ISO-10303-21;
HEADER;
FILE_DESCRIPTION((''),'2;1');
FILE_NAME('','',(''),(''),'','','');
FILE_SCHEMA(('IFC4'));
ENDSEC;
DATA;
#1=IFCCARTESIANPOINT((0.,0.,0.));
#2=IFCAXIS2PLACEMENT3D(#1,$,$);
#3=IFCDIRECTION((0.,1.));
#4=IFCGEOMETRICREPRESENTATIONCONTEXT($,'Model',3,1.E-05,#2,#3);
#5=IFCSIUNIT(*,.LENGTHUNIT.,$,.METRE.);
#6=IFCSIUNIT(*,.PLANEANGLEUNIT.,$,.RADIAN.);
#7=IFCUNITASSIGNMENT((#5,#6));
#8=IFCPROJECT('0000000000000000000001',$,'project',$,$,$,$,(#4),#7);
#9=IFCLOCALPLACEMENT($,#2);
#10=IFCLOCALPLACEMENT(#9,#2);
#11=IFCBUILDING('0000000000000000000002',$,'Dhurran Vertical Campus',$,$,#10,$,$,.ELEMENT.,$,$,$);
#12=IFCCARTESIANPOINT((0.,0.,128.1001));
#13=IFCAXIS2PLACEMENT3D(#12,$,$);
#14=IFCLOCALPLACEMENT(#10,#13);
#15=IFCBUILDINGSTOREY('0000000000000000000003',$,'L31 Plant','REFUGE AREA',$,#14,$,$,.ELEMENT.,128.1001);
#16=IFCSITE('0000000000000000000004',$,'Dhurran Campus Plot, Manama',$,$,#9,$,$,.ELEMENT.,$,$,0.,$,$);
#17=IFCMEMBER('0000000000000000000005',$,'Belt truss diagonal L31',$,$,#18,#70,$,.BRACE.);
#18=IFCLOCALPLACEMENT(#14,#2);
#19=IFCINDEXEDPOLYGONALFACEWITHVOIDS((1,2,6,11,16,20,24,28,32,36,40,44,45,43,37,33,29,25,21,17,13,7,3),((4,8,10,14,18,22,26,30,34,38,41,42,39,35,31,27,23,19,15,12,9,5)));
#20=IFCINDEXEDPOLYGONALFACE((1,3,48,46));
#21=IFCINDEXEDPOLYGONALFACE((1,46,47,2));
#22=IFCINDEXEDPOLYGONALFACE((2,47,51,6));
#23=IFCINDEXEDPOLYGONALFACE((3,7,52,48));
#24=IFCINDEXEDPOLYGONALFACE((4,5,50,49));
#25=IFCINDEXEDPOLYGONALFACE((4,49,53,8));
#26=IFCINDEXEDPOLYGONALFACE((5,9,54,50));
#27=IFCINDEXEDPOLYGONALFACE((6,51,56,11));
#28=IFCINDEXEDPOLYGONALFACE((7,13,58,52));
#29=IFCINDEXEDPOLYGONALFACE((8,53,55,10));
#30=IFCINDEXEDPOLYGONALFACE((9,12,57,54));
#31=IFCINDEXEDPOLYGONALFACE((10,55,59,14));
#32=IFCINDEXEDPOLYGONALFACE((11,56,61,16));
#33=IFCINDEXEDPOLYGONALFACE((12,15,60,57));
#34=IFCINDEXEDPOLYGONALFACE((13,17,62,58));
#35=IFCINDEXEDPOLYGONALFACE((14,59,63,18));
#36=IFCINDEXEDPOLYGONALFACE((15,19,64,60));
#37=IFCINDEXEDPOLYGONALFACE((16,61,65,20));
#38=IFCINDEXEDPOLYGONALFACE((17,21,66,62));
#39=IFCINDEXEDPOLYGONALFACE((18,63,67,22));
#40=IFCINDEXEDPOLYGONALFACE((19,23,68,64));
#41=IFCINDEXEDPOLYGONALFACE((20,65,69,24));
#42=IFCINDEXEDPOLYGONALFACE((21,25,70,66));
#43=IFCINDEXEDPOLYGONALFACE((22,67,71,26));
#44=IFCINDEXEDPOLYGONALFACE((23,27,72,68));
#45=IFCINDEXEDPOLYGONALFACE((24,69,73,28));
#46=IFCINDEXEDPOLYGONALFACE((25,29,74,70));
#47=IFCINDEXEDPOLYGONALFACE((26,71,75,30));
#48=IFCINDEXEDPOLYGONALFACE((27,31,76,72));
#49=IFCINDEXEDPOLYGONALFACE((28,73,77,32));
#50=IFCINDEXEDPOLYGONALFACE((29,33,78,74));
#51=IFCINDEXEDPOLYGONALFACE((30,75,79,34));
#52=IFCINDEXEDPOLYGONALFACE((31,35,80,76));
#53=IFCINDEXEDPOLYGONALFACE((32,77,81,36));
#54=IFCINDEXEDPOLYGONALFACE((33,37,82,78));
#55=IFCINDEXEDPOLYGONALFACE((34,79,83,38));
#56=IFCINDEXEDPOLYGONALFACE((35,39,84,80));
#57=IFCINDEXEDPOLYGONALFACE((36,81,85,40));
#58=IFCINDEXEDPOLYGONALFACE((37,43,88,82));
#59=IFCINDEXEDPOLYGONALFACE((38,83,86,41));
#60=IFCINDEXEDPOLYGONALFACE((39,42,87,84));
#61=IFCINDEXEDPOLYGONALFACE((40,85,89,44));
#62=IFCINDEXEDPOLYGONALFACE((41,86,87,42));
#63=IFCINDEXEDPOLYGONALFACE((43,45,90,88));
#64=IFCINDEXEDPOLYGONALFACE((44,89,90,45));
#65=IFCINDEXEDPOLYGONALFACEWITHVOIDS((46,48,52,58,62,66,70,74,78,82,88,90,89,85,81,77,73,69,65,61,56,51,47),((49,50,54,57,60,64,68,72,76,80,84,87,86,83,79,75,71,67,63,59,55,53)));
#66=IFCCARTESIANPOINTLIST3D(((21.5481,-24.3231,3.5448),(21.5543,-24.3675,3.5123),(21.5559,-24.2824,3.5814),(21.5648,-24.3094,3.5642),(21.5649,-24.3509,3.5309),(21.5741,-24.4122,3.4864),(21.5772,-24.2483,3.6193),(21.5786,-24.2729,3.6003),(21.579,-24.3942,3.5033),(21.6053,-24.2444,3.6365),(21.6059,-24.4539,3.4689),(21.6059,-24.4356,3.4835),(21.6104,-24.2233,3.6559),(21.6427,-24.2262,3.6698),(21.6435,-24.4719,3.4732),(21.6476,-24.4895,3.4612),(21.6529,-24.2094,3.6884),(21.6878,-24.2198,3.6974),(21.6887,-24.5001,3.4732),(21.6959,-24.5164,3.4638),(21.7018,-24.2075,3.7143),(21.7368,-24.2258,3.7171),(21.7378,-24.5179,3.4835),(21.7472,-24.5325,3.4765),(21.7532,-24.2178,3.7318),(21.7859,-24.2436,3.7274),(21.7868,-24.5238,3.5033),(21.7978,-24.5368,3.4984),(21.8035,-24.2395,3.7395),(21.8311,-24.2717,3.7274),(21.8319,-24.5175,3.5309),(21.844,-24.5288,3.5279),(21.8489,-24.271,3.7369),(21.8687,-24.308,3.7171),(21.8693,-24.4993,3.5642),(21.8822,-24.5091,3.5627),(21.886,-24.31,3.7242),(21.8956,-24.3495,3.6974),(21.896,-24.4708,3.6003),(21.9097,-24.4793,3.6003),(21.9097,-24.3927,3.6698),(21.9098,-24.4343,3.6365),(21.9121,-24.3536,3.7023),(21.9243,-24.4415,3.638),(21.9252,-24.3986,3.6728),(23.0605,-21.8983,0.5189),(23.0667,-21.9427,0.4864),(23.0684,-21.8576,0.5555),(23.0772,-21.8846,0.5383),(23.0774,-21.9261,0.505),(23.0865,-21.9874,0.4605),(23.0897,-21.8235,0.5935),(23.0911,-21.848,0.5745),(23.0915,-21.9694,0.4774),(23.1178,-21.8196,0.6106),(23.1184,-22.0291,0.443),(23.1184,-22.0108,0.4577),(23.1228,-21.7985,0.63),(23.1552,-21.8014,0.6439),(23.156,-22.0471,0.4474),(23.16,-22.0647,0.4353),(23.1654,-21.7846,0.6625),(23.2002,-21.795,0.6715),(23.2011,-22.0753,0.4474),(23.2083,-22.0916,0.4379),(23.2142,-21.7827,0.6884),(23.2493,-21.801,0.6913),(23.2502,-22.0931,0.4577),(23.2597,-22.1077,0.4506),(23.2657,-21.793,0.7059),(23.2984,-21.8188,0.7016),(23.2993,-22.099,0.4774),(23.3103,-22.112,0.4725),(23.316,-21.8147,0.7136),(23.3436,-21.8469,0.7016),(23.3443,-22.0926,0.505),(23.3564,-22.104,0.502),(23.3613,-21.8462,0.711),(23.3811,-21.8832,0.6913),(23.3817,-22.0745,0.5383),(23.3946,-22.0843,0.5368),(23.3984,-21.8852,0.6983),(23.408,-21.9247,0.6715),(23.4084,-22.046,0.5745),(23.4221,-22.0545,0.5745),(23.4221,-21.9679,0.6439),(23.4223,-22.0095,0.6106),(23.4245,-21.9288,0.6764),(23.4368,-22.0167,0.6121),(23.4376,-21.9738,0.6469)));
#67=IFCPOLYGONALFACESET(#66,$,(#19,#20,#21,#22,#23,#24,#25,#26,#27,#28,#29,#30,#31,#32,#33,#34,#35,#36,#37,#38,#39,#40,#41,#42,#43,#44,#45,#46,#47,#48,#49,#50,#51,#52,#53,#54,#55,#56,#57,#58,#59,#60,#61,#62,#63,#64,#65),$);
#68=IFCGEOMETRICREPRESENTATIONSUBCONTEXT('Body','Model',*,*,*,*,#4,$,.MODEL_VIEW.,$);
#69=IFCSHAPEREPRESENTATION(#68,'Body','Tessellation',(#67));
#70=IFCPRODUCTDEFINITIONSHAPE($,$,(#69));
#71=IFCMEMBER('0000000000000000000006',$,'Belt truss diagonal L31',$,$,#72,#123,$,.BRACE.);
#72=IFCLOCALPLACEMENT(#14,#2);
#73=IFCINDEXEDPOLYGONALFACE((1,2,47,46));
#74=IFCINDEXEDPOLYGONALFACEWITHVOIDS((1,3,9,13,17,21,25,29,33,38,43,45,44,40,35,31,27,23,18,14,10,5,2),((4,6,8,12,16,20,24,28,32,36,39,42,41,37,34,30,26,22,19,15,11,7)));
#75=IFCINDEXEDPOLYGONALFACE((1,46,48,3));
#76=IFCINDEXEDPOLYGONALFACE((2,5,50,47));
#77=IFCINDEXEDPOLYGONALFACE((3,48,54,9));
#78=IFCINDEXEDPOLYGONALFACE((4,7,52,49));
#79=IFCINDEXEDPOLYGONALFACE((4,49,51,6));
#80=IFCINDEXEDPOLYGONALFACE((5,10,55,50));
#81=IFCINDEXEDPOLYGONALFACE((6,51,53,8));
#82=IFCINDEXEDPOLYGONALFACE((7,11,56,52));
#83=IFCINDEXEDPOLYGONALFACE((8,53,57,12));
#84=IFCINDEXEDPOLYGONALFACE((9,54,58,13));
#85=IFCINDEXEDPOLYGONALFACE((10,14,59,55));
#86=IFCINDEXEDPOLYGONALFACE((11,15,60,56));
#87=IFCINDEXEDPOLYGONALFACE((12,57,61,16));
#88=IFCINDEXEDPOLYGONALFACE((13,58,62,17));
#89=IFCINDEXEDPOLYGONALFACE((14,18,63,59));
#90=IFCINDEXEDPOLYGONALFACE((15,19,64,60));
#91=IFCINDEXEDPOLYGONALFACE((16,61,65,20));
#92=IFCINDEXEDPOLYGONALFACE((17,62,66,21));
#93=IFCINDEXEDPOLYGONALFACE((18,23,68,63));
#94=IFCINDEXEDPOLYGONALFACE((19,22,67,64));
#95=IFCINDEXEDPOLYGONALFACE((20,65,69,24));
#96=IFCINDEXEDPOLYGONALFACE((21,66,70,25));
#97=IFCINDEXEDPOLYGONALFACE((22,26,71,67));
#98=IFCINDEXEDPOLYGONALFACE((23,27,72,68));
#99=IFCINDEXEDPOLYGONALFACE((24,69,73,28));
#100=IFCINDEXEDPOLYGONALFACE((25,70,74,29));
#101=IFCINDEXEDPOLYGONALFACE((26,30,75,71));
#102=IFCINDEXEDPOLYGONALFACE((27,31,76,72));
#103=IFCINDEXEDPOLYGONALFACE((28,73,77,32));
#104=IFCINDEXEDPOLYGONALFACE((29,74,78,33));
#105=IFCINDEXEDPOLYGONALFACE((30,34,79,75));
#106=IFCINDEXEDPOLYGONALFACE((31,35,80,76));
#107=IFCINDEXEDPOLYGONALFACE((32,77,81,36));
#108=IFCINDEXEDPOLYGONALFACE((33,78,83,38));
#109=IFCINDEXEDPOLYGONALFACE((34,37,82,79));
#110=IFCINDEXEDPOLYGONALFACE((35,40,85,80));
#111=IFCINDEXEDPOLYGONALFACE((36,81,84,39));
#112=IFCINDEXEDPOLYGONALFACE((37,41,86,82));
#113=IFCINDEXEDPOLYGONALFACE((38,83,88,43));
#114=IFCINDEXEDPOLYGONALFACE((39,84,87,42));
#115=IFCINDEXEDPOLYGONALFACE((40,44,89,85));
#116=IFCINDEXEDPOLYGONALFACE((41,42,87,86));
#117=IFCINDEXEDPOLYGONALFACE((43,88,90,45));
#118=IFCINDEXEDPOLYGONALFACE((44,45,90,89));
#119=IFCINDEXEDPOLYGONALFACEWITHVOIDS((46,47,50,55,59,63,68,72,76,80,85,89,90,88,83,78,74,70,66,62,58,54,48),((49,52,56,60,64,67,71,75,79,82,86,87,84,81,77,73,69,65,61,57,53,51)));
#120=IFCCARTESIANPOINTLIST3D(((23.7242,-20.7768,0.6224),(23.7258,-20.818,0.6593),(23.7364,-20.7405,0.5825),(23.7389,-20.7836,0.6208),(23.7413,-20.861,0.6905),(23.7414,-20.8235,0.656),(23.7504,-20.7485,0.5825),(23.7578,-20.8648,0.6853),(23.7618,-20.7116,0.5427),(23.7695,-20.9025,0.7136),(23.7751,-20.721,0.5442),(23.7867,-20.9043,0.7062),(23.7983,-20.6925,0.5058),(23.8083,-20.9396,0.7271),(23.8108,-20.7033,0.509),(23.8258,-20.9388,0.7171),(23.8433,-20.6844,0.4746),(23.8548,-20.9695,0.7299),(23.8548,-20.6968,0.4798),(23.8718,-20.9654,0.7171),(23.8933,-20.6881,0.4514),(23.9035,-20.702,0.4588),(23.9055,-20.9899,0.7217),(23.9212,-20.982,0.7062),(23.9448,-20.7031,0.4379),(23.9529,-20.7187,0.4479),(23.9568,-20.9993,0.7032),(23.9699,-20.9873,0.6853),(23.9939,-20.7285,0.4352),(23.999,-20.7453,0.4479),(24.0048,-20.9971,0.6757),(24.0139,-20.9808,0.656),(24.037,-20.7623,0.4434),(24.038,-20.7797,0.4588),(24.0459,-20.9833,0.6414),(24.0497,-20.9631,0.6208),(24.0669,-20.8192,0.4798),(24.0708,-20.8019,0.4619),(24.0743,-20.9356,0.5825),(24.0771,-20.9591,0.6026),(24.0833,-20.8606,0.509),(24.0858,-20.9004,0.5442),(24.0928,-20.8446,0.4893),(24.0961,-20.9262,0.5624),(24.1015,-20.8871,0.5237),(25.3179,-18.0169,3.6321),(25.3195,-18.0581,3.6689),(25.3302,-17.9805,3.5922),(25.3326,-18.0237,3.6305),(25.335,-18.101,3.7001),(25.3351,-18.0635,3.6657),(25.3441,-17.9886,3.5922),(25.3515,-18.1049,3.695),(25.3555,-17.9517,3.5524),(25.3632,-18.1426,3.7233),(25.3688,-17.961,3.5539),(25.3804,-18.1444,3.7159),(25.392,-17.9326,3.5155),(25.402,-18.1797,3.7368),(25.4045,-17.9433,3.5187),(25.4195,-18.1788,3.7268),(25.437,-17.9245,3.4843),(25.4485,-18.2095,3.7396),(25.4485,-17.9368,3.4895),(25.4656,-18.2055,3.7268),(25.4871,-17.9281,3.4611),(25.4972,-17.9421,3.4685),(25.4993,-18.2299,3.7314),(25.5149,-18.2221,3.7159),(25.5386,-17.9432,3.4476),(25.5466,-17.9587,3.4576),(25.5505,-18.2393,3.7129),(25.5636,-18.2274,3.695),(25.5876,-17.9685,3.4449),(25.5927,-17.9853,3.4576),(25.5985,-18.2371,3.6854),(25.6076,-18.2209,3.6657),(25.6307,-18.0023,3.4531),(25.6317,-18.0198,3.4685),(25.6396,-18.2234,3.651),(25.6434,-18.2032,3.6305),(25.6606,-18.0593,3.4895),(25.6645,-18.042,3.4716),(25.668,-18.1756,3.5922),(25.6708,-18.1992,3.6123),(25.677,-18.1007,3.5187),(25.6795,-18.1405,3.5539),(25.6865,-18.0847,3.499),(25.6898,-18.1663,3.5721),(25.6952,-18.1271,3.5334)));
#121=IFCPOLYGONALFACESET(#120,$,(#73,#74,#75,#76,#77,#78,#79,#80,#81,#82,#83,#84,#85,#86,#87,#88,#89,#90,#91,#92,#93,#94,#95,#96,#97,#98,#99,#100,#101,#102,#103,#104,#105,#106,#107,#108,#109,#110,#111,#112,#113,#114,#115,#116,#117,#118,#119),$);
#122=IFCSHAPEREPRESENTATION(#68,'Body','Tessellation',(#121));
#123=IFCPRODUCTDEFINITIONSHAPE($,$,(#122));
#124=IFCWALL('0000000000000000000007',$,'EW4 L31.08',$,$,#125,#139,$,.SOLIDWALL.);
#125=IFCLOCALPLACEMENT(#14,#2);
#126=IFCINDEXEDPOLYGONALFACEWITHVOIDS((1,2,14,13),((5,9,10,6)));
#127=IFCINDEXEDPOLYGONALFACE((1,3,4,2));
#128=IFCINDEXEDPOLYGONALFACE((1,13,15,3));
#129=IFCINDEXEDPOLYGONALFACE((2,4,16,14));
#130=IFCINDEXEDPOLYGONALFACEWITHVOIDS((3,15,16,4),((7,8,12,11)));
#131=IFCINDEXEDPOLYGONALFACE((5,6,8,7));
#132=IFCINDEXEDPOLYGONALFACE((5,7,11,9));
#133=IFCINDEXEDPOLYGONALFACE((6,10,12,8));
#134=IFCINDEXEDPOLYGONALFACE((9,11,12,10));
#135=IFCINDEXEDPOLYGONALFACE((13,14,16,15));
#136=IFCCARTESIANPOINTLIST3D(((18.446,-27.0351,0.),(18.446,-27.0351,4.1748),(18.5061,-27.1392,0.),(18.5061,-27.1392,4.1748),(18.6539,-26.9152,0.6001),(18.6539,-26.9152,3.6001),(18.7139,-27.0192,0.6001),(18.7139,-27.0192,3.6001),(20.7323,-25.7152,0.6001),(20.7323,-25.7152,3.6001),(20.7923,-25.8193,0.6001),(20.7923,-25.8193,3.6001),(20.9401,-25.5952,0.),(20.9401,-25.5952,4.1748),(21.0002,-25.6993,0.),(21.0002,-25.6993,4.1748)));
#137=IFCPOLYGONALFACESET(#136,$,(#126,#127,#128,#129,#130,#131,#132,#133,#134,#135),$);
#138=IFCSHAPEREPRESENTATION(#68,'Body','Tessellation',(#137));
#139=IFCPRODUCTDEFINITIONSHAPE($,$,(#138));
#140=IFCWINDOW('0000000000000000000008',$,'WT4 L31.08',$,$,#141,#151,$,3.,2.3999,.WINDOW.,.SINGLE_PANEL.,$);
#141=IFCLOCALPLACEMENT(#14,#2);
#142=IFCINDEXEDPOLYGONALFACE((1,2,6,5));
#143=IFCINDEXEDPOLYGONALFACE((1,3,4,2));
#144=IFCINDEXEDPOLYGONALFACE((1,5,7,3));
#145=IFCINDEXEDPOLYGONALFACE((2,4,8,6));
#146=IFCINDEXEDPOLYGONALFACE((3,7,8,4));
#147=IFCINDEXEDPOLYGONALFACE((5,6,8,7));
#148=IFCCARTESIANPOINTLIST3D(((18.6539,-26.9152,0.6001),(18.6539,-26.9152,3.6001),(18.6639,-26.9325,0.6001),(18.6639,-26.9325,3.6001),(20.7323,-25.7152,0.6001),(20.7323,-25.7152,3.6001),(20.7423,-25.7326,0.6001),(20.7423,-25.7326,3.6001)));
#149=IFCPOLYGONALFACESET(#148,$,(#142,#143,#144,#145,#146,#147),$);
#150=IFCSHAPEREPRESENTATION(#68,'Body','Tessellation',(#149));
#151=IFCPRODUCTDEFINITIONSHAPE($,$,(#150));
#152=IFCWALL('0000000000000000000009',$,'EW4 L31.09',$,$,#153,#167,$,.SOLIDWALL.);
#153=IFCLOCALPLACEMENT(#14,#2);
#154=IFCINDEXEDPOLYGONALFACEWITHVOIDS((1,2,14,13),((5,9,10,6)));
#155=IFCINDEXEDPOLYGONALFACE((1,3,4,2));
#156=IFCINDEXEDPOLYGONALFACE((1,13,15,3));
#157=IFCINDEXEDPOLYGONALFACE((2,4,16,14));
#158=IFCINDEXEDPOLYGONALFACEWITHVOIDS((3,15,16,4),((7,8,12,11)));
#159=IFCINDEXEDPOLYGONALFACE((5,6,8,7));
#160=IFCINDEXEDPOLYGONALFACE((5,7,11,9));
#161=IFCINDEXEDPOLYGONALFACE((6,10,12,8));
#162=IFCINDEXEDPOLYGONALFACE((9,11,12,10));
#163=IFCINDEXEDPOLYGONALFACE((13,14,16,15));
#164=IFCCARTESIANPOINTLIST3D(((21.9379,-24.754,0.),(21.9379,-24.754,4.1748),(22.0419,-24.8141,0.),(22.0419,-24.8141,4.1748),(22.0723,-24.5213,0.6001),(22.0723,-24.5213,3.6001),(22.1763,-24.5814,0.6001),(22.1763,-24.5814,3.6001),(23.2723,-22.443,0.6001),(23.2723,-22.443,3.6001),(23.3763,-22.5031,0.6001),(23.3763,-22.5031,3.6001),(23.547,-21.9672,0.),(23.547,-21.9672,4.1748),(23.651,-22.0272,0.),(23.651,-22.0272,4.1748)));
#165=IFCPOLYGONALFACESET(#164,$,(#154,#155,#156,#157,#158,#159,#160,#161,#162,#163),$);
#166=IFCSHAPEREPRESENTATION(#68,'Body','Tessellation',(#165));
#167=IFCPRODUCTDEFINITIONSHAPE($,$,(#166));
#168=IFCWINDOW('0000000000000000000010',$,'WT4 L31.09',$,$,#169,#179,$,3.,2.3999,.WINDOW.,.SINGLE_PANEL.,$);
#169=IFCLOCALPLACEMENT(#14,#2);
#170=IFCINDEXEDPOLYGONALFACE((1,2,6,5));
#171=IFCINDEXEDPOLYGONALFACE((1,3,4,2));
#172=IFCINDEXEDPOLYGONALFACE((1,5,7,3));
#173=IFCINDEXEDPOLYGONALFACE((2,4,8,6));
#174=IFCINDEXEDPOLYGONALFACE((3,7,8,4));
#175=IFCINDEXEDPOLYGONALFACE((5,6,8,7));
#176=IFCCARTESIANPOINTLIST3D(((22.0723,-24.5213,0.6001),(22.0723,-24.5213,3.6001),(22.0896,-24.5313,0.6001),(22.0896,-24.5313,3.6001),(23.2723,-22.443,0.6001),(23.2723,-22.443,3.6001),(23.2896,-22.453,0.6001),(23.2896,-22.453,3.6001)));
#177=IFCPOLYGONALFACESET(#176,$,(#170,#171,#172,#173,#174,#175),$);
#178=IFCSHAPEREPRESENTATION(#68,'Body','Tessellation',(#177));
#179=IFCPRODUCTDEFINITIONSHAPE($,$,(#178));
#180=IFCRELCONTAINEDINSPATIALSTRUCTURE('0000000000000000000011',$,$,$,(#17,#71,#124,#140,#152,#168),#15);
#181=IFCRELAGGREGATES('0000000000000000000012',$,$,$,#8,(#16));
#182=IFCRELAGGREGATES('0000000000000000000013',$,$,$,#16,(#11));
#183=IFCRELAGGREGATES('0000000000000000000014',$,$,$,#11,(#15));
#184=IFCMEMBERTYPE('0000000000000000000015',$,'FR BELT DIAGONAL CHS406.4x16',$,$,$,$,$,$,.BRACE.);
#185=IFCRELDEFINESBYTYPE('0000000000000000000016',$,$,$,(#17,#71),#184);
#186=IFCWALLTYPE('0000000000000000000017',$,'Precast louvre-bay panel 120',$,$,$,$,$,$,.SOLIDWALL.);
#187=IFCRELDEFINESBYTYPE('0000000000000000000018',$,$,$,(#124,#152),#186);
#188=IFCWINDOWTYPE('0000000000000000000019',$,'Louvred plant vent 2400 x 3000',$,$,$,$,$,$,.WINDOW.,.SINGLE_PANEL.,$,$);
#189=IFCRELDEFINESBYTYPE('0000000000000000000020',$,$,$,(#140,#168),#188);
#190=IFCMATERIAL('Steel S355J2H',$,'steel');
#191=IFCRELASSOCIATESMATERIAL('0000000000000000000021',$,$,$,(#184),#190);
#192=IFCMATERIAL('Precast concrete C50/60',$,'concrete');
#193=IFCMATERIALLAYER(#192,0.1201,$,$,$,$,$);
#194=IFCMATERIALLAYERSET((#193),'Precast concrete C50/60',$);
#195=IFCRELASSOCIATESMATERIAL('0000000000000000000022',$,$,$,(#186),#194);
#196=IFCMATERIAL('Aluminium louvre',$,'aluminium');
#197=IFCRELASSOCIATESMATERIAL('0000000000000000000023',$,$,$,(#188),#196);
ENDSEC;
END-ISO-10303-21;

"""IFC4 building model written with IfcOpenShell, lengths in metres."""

from ifc_helpers import new_model, si_unit, direction, frame, frame_2d, origin, origin_2d, place, context, subcontext, project, spatial, rectangle, hollow_circle, extrude, material, layer, layer_set, material_profile, profile_set, type_object, element, fill, save


model = new_model("IFC4")

# Units and contexts
model_context = context("Model", 3, precision=1e-05, world=origin(), true_north=direction((0.0, 1.0)))
body_context = subcontext(model_context, "Body", "Model", "MODEL_VIEW")
ifc_project = project(units=[si_unit("LENGTHUNIT", "METRE"), si_unit("PLANEANGLEUNIT", "RADIAN")], contexts=[model_context])

# Site, building, storey
site_placement = place(None, origin())
site = spatial("IfcSite", under=ifc_project, at=site_placement, Name="Dhurran Campus Plot, Manama", CompositionType="ELEMENT", RefElevation=0.0)
building_placement = place(site_placement, origin())
building = spatial("IfcBuilding", under=site, at=building_placement, Name="Dhurran Vertical Campus", CompositionType="ELEMENT")
storey_placement = place(building_placement, frame((0.0, 0.0, 128.1001)))
storey = spatial("IfcBuildingStorey", under=building, at=storey_placement, Name="L31 Plant", Description="REFUGE AREA", CompositionType="ELEMENT", Elevation=128.1001)

# Members
ifc_material_1 = material(Name="Steel S355J2H", Category="steel")
ifc_material_profile_1 = material_profile(ifc_material_1, hollow_circle(Radius=0.2031, WallThickness=0.0161, at=origin_2d()), Name="CHS406.4x16")
ifc_profile_set_1 = profile_set([ifc_material_profile_1], Name="Steel S355J2H")
member_type = type_object("IfcMemberType", Name="FR BELT DIAGONAL CHS406.4x16", PredefinedType="BRACE", material=ifc_profile_set_1)
member_1_placement = place(storey_placement, frame((23.2498, -21.947, 0.5745), z_axis=(-0.363386, -0.582591, 0.727007), x_axis=(0.848478, -0.529231, 0.0)))
element("IfcMember", 1, at=member_1_placement, inside=storey, type_object=member_type, Name="Belt truss diagonal L31", PredefinedType="BRACE", context=body_context, shape_type="SweptSolid", body=[
    extrude(hollow_circle(Radius=0.2031, WallThickness=0.0161, at=origin_2d()), origin(), (0.0, 0.0, 1.0), 4.1621),
])
member_2_placement = place(storey_placement, frame((23.9124, -20.842, 0.5825), z_axis=(0.363567, 0.629615, 0.686589), x_axis=(-0.86599, 0.500061, 0.0)))
element("IfcMember", 2, at=member_2_placement, inside=storey, type_object=member_type, Name="Belt truss diagonal L31", PredefinedType="BRACE", context=body_context, shape_type="SweptSolid", body=[
    extrude(hollow_circle(Radius=0.2031, WallThickness=0.0161, at=origin_2d()), origin(), (0.0, 0.0, 1.0), 4.3835),
])

# Walls, openings, windows
ifc_material_2 = material(Name="Precast concrete C50/60", Category="concrete")
ifc_layer = layer(ifc_material_2, 0.1201)
ifc_layer_set = layer_set([ifc_layer], Name="Precast concrete C50/60")
wall_type = type_object("IfcWallType", Name="Precast louvre-bay panel 120", PredefinedType="SOLIDWALL", material=ifc_layer_set)
wall_1_placement = place(storey_placement, frame((18.4761, -27.0872, 0.0), z_axis=(0.0, 0.0, 1.0), x_axis=(0.866033, 0.499987, 0.0)))
wall_1 = element("IfcWall", 3, at=wall_1_placement, inside=storey, type_object=wall_type, Name="EW4 L31.08", PredefinedType="SOLIDWALL", context=body_context, shape_type="SweptSolid", body=[
    extrude(rectangle(XDim=2.8799, YDim=0.1201, at=frame_2d((1.4399, 0.0))), origin(), (0.0, 0.0, 1.0), 4.1748),
])
opening_1_placement = place(wall_1_placement, frame((0.24, 0.0, 0.6001)))
opening_1 = element("IfcOpeningElement", 4, at=opening_1_placement, cuts=wall_1, PredefinedType="OPENING", context=body_context, shape_type="SweptSolid", body=[
    extrude(rectangle(XDim=2.3999, YDim=3.0, at=frame_2d((1.2, 1.5))), frame((0.0, 0.0701, 0.0), z_axis=(0.0, -1.0, 0.0), x_axis=(1.0, 0.0, 0.0)), (0.0, 0.0, 1.0), 0.1401),
])
ifc_material_3 = material(Name="Aluminium louvre", Category="aluminium")
window_type = type_object("IfcWindowType", Name="Louvred plant vent 2400 x 3000", PartitioningType="SINGLE_PANEL", PredefinedType="WINDOW", material=ifc_material_3)
window_1_placement = place(opening_1_placement, origin())
window_1 = element("IfcWindow", 5, at=window_1_placement, inside=storey, type_object=window_type, Name="WT4 L31.08", OverallHeight=3.0, OverallWidth=2.3999, PartitioningType="SINGLE_PANEL", PredefinedType="WINDOW", context=body_context, shape_type="SweptSolid", body=[
    extrude(rectangle(XDim=2.3999, YDim=3.0, at=frame_2d((1.2, 1.5))), frame((0.0, 0.0601, 0.0), z_axis=(0.0, -1.0, 0.0), x_axis=(1.0, 0.0, 0.0)), (0.0, 0.0, 1.0), 0.02),
])
fill(opening_1, window_1)
wall_2_placement = place(storey_placement, frame((21.99, -24.7839, 0.0), z_axis=(0.0, 0.0, 1.0), x_axis=(0.500031, 0.866007, 0.0)))
wall_2 = element("IfcWall", 6, at=wall_2_placement, inside=storey, type_object=wall_type, Name="EW4 L31.09", PredefinedType="SOLIDWALL", context=body_context, shape_type="SweptSolid", body=[
    extrude(rectangle(XDim=3.218, YDim=0.1201, at=frame_2d((1.6089, 0.0))), origin(), (0.0, 0.0, 1.0), 4.1748),
])
opening_2_placement = place(wall_2_placement, frame((0.2686, 0.0, 0.6001)))
opening_2 = element("IfcOpeningElement", 7, at=opening_2_placement, cuts=wall_2, PredefinedType="OPENING", context=body_context, shape_type="SweptSolid", body=[
    extrude(rectangle(XDim=2.3999, YDim=3.0, at=frame_2d((1.2, 1.5))), frame((0.0, 0.0701, 0.0), z_axis=(0.0, -1.0, 0.0), x_axis=(1.0, 0.0, 0.0)), (0.0, 0.0, 1.0), 0.1401),
])
window_2_placement = place(opening_2_placement, origin())
window_2 = element("IfcWindow", 8, at=window_2_placement, inside=storey, type_object=window_type, Name="WT4 L31.09", OverallHeight=3.0, OverallWidth=2.3999, PartitioningType="SINGLE_PANEL", PredefinedType="WINDOW", context=body_context, shape_type="SweptSolid", body=[
    extrude(rectangle(XDim=2.3999, YDim=3.0, at=frame_2d((1.2, 1.5))), frame((0.0, 0.0601, 0.0), z_axis=(0.0, -1.0, 0.0), x_axis=(1.0, 0.0, 0.0)), (0.0, 0.0, 1.0), 0.02),
])
fill(opening_2, window_2)

save(model, "model.ifc")
